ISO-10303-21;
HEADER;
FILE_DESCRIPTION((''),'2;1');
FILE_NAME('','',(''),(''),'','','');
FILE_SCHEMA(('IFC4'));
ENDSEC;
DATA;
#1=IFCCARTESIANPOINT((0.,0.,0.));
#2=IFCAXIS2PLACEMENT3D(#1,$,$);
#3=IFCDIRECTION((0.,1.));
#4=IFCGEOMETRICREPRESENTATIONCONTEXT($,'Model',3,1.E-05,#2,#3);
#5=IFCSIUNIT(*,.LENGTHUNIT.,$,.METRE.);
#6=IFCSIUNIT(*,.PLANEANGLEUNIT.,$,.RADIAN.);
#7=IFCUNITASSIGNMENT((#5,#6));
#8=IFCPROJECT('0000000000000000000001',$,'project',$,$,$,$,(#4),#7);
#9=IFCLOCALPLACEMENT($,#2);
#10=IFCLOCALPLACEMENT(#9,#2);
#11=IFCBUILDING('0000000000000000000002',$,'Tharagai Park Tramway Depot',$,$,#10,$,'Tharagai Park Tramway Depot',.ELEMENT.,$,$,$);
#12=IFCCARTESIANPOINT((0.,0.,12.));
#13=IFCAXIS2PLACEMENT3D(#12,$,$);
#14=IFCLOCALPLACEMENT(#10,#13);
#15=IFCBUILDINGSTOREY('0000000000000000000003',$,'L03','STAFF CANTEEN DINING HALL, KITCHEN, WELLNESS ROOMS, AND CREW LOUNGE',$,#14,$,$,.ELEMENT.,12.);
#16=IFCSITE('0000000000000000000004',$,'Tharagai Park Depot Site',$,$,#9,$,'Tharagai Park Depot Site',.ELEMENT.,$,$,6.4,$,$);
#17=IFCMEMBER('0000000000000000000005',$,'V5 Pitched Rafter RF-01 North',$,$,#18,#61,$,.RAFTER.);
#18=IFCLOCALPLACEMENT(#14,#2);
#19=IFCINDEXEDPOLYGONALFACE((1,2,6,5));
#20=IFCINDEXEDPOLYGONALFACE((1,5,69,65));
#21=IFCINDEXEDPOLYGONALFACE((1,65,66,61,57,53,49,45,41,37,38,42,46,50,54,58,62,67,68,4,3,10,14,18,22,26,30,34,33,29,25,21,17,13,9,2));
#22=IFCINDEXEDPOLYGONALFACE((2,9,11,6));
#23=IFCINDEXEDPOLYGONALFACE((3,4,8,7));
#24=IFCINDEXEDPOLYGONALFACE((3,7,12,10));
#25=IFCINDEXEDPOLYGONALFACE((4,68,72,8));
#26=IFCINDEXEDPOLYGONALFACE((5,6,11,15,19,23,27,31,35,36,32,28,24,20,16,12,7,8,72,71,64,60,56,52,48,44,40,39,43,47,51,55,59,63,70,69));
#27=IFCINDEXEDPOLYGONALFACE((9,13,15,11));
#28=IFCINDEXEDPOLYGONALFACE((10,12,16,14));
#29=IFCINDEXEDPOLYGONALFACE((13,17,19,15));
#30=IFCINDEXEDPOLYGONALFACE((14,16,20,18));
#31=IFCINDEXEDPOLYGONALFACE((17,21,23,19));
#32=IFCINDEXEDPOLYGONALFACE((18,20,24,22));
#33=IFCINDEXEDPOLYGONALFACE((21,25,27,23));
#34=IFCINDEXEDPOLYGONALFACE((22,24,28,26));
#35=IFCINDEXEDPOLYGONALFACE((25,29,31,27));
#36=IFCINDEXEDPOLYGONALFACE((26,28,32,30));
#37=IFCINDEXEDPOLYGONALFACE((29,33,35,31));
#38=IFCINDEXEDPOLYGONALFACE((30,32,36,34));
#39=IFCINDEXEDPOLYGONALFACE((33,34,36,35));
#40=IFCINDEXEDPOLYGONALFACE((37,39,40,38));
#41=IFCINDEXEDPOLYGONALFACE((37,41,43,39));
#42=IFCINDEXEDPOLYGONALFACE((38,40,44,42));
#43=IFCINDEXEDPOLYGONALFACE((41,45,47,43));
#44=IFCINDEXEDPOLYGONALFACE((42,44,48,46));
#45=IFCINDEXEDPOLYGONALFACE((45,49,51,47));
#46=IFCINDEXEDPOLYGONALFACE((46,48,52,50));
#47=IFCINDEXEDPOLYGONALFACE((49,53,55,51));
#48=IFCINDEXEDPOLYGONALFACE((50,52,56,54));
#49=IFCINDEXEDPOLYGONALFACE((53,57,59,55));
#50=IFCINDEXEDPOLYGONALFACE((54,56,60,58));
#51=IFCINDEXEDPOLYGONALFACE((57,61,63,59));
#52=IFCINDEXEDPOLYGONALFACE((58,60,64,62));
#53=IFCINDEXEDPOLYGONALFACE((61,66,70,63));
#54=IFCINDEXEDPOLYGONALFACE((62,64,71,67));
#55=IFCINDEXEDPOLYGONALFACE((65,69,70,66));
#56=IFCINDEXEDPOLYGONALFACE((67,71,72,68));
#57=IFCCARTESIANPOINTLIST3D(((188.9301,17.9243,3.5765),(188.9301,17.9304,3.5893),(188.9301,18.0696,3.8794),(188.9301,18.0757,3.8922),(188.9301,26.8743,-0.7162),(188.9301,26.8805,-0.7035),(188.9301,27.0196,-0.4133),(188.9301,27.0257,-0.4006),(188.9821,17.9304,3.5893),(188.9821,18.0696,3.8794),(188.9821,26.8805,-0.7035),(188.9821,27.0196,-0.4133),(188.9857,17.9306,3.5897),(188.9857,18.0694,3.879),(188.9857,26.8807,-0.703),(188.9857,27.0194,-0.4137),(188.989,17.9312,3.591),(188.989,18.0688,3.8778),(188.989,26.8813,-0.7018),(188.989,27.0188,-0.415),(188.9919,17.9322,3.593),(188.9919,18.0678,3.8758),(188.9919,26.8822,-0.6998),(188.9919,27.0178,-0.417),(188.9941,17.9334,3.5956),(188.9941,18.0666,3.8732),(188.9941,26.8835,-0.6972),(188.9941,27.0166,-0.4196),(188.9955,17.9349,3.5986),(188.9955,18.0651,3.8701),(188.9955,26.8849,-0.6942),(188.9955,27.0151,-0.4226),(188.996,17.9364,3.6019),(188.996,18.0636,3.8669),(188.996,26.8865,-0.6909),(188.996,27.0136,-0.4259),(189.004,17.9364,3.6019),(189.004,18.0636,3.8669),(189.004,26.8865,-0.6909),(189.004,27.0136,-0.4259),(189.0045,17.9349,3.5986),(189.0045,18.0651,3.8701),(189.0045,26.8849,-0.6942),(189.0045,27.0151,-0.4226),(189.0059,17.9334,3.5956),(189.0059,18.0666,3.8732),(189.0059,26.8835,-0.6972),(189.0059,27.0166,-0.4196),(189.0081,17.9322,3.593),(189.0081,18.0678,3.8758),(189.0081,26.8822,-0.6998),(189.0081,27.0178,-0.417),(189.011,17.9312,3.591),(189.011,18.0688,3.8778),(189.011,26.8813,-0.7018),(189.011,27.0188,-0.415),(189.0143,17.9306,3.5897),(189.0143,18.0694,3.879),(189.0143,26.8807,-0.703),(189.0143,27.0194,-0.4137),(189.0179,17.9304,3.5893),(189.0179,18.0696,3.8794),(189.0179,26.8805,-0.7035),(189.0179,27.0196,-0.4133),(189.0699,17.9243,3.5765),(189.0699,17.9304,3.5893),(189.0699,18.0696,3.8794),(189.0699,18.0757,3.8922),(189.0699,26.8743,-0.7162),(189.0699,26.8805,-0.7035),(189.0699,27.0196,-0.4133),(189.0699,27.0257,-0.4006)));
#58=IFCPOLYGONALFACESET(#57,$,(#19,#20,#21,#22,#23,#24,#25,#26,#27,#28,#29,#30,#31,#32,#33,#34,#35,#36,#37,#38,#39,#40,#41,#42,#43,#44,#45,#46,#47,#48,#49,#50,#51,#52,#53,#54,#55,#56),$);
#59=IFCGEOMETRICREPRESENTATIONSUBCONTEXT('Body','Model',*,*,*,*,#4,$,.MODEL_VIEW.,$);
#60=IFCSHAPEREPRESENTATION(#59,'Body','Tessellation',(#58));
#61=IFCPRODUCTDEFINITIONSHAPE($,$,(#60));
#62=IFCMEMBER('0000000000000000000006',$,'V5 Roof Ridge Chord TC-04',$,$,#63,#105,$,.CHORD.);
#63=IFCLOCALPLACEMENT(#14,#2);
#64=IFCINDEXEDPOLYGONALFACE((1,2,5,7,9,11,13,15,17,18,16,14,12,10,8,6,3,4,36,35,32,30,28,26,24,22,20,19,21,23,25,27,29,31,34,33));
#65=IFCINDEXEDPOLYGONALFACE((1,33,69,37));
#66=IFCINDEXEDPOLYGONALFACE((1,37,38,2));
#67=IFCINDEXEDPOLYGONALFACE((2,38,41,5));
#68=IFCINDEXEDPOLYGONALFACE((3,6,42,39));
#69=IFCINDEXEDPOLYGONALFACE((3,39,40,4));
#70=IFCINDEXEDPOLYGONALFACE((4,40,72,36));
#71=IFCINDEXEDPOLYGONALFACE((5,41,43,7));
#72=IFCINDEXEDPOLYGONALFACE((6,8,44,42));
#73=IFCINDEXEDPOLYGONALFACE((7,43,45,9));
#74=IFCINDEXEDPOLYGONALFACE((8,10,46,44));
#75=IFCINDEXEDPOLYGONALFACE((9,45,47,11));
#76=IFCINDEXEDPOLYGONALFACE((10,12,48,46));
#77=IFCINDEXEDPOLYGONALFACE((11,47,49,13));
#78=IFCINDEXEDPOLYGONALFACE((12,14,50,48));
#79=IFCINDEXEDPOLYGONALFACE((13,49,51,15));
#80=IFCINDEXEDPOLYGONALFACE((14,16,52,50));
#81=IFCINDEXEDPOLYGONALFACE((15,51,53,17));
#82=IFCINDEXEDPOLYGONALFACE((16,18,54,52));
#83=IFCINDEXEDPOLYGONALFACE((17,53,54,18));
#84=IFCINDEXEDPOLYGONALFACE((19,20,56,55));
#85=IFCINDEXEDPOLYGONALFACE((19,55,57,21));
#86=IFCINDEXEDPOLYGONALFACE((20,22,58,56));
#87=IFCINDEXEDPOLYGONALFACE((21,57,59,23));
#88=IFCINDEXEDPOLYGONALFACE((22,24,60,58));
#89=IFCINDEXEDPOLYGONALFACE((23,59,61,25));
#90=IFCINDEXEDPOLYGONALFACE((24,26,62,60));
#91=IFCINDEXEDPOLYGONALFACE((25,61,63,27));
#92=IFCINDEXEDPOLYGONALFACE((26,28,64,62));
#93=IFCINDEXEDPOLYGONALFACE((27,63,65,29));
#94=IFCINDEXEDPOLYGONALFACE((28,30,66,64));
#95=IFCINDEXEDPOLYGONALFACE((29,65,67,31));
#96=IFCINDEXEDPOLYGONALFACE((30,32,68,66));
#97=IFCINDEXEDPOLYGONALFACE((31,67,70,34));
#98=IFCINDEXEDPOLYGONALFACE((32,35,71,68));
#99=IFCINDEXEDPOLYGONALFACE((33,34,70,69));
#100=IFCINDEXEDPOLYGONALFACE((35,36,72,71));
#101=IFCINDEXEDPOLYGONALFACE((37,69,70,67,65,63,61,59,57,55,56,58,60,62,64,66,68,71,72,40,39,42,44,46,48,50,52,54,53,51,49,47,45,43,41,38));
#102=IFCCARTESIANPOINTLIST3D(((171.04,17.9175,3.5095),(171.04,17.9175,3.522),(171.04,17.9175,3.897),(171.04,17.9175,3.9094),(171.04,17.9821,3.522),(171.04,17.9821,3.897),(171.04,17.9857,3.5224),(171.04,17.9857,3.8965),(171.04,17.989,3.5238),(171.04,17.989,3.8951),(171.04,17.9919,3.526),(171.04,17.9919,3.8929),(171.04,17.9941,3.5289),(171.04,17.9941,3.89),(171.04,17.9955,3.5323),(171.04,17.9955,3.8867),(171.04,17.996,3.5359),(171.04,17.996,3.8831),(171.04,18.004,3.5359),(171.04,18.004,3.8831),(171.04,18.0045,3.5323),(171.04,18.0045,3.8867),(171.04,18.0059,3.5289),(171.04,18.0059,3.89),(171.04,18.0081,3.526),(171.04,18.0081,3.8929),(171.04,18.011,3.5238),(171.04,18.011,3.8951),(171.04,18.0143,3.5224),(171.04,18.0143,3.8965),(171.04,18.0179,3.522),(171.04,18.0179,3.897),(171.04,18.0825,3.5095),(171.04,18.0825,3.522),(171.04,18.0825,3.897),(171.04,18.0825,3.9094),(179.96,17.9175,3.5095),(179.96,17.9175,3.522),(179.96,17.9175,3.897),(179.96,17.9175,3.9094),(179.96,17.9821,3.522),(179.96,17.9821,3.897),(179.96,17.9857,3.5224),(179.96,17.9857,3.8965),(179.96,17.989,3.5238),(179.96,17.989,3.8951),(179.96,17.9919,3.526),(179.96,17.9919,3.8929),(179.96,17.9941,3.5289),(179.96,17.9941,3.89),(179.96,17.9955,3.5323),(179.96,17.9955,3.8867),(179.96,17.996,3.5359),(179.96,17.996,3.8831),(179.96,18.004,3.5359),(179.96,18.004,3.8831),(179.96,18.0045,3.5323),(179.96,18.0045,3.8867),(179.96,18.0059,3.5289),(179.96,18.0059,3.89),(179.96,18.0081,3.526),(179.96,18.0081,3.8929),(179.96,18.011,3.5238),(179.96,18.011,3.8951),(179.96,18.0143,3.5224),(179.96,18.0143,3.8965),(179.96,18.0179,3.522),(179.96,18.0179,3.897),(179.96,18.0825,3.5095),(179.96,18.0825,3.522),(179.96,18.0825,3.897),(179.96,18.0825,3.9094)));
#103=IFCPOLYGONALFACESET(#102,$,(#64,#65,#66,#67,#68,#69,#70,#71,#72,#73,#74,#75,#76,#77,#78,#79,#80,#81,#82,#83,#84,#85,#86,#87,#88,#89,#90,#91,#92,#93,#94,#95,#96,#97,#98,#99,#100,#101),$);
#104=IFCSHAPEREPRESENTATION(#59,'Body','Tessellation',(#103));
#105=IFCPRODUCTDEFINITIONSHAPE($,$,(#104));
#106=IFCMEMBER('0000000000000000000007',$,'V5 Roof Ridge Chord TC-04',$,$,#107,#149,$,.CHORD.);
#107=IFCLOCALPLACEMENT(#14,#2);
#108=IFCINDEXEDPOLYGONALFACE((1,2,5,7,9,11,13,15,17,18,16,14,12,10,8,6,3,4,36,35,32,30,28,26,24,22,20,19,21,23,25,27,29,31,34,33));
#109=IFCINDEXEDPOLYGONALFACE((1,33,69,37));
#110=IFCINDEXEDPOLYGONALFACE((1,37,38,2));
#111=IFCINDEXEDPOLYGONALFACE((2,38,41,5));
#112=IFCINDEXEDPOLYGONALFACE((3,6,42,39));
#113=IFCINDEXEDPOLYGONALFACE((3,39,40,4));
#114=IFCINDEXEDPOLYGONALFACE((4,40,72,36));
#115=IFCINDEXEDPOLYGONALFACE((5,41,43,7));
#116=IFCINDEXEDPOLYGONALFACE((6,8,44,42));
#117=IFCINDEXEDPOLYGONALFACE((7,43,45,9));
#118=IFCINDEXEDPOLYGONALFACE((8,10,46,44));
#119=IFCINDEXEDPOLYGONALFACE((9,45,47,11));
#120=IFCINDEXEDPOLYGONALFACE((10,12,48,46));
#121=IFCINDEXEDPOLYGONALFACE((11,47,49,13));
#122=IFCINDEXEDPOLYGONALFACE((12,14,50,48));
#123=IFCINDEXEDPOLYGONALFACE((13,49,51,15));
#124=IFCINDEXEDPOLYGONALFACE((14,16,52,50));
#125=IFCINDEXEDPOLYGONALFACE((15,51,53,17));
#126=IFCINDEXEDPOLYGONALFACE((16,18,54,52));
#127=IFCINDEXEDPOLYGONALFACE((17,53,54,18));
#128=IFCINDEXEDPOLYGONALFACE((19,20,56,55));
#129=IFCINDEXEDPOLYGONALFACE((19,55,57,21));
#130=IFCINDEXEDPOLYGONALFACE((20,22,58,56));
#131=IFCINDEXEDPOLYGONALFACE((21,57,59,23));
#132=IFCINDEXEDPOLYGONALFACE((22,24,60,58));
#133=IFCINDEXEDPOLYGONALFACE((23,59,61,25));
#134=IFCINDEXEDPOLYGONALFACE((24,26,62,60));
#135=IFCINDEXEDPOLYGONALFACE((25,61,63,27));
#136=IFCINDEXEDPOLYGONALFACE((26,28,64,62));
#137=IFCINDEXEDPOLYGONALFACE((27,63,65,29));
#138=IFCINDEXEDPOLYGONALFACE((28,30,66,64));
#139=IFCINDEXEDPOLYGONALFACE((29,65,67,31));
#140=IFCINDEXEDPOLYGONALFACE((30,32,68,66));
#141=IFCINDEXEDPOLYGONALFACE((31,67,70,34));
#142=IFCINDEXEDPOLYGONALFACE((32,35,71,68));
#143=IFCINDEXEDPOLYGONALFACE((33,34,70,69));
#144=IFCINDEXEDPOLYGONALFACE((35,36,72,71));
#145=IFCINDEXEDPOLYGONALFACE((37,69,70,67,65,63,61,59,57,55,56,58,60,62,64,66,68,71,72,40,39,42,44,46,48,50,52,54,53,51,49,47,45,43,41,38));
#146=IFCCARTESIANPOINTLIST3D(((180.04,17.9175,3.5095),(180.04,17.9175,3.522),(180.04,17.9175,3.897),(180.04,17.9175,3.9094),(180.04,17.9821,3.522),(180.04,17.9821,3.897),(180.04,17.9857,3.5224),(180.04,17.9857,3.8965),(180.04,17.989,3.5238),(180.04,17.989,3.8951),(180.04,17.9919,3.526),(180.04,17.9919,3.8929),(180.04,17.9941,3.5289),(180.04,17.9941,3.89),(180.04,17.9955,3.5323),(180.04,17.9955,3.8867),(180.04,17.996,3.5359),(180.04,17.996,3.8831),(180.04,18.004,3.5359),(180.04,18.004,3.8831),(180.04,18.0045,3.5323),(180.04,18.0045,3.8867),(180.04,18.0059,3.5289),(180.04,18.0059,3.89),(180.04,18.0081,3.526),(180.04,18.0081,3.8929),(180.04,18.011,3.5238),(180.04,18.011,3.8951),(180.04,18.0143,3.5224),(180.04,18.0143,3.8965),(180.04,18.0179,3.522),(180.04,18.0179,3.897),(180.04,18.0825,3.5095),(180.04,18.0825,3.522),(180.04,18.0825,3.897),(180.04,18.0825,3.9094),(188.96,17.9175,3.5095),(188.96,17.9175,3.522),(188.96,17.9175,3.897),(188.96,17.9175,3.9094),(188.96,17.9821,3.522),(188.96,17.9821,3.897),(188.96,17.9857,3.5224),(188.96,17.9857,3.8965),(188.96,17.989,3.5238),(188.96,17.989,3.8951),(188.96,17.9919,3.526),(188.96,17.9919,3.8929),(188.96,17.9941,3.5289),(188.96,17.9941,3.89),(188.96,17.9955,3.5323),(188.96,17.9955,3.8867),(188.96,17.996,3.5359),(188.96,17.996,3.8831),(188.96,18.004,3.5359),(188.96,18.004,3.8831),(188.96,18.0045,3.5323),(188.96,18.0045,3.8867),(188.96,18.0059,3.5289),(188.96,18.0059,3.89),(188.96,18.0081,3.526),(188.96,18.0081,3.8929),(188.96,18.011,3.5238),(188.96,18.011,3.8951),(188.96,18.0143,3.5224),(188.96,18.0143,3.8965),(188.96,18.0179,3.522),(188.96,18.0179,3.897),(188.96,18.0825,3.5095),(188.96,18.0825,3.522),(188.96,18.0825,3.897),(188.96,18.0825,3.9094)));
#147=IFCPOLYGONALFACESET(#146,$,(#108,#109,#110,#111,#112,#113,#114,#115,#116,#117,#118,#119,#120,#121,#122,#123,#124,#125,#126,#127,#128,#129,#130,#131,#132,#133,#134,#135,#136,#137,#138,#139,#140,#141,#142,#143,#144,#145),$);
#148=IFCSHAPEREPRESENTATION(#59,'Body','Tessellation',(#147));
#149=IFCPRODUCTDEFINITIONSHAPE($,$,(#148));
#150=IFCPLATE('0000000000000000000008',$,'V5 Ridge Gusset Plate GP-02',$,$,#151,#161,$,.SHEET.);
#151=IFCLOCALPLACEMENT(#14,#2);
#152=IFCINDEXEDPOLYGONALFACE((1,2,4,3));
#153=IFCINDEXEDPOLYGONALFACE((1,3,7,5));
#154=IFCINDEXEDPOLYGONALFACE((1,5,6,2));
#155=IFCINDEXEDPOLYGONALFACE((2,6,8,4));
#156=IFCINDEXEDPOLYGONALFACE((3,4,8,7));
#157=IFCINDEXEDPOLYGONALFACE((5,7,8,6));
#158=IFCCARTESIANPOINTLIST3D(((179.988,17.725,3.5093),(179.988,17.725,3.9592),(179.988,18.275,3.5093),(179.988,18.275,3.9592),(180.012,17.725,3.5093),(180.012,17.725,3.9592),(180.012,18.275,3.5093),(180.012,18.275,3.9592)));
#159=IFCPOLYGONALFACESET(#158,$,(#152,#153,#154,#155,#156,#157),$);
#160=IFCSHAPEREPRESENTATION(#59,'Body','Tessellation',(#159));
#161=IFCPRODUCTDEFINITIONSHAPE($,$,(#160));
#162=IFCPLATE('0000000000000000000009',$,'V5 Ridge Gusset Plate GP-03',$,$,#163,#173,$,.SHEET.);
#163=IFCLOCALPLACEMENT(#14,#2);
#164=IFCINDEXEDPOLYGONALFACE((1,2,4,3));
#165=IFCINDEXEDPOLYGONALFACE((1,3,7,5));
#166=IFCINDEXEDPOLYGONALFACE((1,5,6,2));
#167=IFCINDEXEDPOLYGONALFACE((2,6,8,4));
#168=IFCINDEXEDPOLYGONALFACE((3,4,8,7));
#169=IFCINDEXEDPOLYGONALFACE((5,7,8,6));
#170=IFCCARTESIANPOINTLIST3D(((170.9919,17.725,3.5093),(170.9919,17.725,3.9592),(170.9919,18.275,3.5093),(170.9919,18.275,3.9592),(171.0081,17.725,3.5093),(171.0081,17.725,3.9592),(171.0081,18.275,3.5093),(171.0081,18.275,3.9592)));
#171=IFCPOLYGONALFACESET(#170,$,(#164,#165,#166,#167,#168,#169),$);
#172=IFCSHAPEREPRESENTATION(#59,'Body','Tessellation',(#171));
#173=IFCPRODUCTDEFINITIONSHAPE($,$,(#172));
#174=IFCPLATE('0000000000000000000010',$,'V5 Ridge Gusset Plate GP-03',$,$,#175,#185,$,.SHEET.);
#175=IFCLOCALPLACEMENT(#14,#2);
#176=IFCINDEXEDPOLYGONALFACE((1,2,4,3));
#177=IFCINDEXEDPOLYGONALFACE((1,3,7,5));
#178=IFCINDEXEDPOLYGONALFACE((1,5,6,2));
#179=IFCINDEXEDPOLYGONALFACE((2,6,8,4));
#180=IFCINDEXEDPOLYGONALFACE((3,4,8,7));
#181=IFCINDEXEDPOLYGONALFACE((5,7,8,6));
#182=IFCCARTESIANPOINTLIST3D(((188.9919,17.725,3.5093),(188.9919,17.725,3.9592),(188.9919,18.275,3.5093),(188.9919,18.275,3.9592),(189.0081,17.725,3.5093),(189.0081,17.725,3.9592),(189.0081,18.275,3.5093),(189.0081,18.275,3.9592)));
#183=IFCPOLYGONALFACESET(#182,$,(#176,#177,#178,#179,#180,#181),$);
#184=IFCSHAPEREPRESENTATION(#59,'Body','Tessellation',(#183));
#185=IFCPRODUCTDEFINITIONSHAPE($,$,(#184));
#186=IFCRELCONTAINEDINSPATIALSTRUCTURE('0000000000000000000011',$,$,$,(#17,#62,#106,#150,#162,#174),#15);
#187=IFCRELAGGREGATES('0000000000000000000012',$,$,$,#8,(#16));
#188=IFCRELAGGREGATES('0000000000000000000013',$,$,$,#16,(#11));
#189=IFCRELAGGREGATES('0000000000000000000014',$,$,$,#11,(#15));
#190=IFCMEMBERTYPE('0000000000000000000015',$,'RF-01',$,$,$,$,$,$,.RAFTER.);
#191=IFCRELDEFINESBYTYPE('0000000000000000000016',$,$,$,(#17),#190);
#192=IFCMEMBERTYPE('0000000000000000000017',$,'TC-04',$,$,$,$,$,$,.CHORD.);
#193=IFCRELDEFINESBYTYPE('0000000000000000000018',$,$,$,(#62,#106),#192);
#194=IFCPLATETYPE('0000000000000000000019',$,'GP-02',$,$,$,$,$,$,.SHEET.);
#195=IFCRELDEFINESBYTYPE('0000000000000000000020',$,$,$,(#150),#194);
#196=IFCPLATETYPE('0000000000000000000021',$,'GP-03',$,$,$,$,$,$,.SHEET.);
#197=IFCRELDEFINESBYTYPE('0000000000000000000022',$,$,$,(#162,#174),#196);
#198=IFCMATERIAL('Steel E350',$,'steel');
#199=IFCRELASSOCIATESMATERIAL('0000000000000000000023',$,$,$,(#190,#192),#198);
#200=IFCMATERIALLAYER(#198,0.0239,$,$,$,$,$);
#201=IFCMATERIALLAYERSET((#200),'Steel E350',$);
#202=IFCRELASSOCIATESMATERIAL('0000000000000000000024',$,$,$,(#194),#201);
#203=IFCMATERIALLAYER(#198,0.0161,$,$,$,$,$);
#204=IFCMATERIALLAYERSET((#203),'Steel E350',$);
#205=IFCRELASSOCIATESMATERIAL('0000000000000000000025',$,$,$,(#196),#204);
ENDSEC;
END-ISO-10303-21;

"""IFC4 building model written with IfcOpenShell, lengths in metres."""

from ifc_helpers import new_model, si_unit, direction, frame, origin, origin_2d, place, context, subcontext, project, spatial, rectangle, i_section, extrude, material, layer, layer_set, material_profile, profile_set, type_object, element, save


model = new_model("IFC4")

# Units and contexts
model_context = context("Model", 3, precision=1e-05, world=origin(), true_north=direction((0.0, 1.0)))
body_context = subcontext(model_context, "Body", "Model", "MODEL_VIEW")
ifc_project = project(units=[si_unit("LENGTHUNIT", "METRE"), si_unit("PLANEANGLEUNIT", "RADIAN")], contexts=[model_context])

# Site, building, storey
site_placement = place(None, origin())
site = spatial("IfcSite", under=ifc_project, at=site_placement, Name="Tharagai Park Depot Site", LongName="Tharagai Park Depot Site", CompositionType="ELEMENT", RefElevation=6.4)
building_placement = place(site_placement, origin())
building = spatial("IfcBuilding", under=site, at=building_placement, Name="Tharagai Park Tramway Depot", LongName="Tharagai Park Tramway Depot", CompositionType="ELEMENT")
storey_placement = place(building_placement, frame((0.0, 0.0, 12.0)))
storey = spatial("IfcBuildingStorey", under=building, at=storey_placement, Name="L03", Description="STAFF CANTEEN DINING HALL, KITCHEN, WELLNESS ROOMS, AND CREW LOUNGE", CompositionType="ELEMENT", Elevation=12.0)

# Shared definitions
ifc_material_1 = material(Name="Steel E350", Category="steel")

# Members
ifc_material_profile_1 = material_profile(ifc_material_1, i_section(OverallWidth=0.1399, OverallDepth=0.3501, WebThickness=0.0081, FlangeThickness=0.0142, FilletRadius=0.0139, at=origin_2d()), Name="ISMB 350")
ifc_profile_set_1 = profile_set([ifc_material_profile_1], Name="Steel E350")
member_type_1 = type_object("IfcMemberType", Name="RF-01", PredefinedType="RAFTER", material=ifc_profile_set_1)
for number, where, z_axis, x_axis, name in (
    (1, (189.0, 18.0, 3.7344), (0.0, 0.901651, -0.432465), (-1.0, 0.0, 0.0), "V5 Pitched Rafter RF-01 North"),
):
    element("IfcMember", number, at=place(storey_placement, frame(where, z_axis=z_axis, x_axis=x_axis)), inside=storey, type_object=member_type_1, Name=name, PredefinedType="RAFTER", context=body_context, shape_type="SweptSolid", body=[
        extrude(i_section(OverallWidth=0.1399, OverallDepth=0.3501, WebThickness=0.0081, FlangeThickness=0.0142, FilletRadius=0.0139, at=origin_2d()), origin(), (0.0, 0.0, 1.0), 9.9263),
    ])
ifc_material_profile_2 = material_profile(ifc_material_1, i_section(OverallWidth=0.165, OverallDepth=0.3999, WebThickness=0.0081, FlangeThickness=0.0125, FilletRadius=0.0139, at=origin_2d()), Name="ISLB 400")
ifc_profile_set_2 = profile_set([ifc_material_profile_2], Name="Steel E350")
member_type_2 = type_object("IfcMemberType", Name="TC-04", PredefinedType="CHORD", material=ifc_profile_set_2)
for number, where, z_axis, x_axis, name in (
    (2, (171.04, 18.0, 3.7095), (1.0, 0.0, 0.0), (0.0, 1.0, 0.0), "V5 Roof Ridge Chord TC-04"),
    (3, (180.04, 18.0, 3.7095), (1.0, 0.0, 0.0), (0.0, 1.0, 0.0), "V5 Roof Ridge Chord TC-04"),
):
    element("IfcMember", number, at=place(storey_placement, frame(where, z_axis=z_axis, x_axis=x_axis)), inside=storey, type_object=member_type_2, Name=name, PredefinedType="CHORD", context=body_context, shape_type="SweptSolid", body=[
        extrude(i_section(OverallWidth=0.165, OverallDepth=0.3999, WebThickness=0.0081, FlangeThickness=0.0125, FilletRadius=0.0139, at=origin_2d()), origin(), (0.0, 0.0, 1.0), 8.9199),
    ])

# Plates
ifc_layer_1 = layer(ifc_material_1, 0.0239)
ifc_layer_set_1 = layer_set([ifc_layer_1], Name="Steel E350")
plate_type_1 = type_object("IfcPlateType", Name="GP-02", PredefinedType="SHEET", material=ifc_layer_set_1)
plate_placement = place(storey_placement, frame((180.0, 18.0, 3.5093), z_axis=(0.0, 0.0, 1.0), x_axis=(1.0, 0.0, 0.0)))
element("IfcPlate", 4, at=plate_placement, inside=storey, type_object=plate_type_1, Name="V5 Ridge Gusset Plate GP-02", PredefinedType="SHEET", context=body_context, shape_type="SweptSolid", body=[
    extrude(rectangle(XDim=0.0239, YDim=0.55, at=origin_2d()), origin(), (0.0, 0.0, 1.0), 0.45),
])
ifc_layer_2 = layer(ifc_material_1, 0.0161)
ifc_layer_set_2 = layer_set([ifc_layer_2], Name="Steel E350")
plate_type_2 = type_object("IfcPlateType", Name="GP-03", PredefinedType="SHEET", material=ifc_layer_set_2)
for number, where, z_axis, x_axis, name in (
    (5, (171.0, 18.0, 3.5093), (0.0, 0.0, 1.0), (1.0, 0.0, 0.0), "V5 Ridge Gusset Plate GP-03"),
    (6, (189.0, 18.0, 3.5093), (0.0, 0.0, 1.0), (1.0, 0.0, 0.0), "V5 Ridge Gusset Plate GP-03"),
):
    element("IfcPlate", number, at=place(storey_placement, frame(where, z_axis=z_axis, x_axis=x_axis)), inside=storey, type_object=plate_type_2, Name=name, PredefinedType="SHEET", context=body_context, shape_type="SweptSolid", body=[
        extrude(rectangle(XDim=0.0161, YDim=0.55, at=origin_2d()), origin(), (0.0, 0.0, 1.0), 0.45),
    ])

save(model, "model.ifc")
